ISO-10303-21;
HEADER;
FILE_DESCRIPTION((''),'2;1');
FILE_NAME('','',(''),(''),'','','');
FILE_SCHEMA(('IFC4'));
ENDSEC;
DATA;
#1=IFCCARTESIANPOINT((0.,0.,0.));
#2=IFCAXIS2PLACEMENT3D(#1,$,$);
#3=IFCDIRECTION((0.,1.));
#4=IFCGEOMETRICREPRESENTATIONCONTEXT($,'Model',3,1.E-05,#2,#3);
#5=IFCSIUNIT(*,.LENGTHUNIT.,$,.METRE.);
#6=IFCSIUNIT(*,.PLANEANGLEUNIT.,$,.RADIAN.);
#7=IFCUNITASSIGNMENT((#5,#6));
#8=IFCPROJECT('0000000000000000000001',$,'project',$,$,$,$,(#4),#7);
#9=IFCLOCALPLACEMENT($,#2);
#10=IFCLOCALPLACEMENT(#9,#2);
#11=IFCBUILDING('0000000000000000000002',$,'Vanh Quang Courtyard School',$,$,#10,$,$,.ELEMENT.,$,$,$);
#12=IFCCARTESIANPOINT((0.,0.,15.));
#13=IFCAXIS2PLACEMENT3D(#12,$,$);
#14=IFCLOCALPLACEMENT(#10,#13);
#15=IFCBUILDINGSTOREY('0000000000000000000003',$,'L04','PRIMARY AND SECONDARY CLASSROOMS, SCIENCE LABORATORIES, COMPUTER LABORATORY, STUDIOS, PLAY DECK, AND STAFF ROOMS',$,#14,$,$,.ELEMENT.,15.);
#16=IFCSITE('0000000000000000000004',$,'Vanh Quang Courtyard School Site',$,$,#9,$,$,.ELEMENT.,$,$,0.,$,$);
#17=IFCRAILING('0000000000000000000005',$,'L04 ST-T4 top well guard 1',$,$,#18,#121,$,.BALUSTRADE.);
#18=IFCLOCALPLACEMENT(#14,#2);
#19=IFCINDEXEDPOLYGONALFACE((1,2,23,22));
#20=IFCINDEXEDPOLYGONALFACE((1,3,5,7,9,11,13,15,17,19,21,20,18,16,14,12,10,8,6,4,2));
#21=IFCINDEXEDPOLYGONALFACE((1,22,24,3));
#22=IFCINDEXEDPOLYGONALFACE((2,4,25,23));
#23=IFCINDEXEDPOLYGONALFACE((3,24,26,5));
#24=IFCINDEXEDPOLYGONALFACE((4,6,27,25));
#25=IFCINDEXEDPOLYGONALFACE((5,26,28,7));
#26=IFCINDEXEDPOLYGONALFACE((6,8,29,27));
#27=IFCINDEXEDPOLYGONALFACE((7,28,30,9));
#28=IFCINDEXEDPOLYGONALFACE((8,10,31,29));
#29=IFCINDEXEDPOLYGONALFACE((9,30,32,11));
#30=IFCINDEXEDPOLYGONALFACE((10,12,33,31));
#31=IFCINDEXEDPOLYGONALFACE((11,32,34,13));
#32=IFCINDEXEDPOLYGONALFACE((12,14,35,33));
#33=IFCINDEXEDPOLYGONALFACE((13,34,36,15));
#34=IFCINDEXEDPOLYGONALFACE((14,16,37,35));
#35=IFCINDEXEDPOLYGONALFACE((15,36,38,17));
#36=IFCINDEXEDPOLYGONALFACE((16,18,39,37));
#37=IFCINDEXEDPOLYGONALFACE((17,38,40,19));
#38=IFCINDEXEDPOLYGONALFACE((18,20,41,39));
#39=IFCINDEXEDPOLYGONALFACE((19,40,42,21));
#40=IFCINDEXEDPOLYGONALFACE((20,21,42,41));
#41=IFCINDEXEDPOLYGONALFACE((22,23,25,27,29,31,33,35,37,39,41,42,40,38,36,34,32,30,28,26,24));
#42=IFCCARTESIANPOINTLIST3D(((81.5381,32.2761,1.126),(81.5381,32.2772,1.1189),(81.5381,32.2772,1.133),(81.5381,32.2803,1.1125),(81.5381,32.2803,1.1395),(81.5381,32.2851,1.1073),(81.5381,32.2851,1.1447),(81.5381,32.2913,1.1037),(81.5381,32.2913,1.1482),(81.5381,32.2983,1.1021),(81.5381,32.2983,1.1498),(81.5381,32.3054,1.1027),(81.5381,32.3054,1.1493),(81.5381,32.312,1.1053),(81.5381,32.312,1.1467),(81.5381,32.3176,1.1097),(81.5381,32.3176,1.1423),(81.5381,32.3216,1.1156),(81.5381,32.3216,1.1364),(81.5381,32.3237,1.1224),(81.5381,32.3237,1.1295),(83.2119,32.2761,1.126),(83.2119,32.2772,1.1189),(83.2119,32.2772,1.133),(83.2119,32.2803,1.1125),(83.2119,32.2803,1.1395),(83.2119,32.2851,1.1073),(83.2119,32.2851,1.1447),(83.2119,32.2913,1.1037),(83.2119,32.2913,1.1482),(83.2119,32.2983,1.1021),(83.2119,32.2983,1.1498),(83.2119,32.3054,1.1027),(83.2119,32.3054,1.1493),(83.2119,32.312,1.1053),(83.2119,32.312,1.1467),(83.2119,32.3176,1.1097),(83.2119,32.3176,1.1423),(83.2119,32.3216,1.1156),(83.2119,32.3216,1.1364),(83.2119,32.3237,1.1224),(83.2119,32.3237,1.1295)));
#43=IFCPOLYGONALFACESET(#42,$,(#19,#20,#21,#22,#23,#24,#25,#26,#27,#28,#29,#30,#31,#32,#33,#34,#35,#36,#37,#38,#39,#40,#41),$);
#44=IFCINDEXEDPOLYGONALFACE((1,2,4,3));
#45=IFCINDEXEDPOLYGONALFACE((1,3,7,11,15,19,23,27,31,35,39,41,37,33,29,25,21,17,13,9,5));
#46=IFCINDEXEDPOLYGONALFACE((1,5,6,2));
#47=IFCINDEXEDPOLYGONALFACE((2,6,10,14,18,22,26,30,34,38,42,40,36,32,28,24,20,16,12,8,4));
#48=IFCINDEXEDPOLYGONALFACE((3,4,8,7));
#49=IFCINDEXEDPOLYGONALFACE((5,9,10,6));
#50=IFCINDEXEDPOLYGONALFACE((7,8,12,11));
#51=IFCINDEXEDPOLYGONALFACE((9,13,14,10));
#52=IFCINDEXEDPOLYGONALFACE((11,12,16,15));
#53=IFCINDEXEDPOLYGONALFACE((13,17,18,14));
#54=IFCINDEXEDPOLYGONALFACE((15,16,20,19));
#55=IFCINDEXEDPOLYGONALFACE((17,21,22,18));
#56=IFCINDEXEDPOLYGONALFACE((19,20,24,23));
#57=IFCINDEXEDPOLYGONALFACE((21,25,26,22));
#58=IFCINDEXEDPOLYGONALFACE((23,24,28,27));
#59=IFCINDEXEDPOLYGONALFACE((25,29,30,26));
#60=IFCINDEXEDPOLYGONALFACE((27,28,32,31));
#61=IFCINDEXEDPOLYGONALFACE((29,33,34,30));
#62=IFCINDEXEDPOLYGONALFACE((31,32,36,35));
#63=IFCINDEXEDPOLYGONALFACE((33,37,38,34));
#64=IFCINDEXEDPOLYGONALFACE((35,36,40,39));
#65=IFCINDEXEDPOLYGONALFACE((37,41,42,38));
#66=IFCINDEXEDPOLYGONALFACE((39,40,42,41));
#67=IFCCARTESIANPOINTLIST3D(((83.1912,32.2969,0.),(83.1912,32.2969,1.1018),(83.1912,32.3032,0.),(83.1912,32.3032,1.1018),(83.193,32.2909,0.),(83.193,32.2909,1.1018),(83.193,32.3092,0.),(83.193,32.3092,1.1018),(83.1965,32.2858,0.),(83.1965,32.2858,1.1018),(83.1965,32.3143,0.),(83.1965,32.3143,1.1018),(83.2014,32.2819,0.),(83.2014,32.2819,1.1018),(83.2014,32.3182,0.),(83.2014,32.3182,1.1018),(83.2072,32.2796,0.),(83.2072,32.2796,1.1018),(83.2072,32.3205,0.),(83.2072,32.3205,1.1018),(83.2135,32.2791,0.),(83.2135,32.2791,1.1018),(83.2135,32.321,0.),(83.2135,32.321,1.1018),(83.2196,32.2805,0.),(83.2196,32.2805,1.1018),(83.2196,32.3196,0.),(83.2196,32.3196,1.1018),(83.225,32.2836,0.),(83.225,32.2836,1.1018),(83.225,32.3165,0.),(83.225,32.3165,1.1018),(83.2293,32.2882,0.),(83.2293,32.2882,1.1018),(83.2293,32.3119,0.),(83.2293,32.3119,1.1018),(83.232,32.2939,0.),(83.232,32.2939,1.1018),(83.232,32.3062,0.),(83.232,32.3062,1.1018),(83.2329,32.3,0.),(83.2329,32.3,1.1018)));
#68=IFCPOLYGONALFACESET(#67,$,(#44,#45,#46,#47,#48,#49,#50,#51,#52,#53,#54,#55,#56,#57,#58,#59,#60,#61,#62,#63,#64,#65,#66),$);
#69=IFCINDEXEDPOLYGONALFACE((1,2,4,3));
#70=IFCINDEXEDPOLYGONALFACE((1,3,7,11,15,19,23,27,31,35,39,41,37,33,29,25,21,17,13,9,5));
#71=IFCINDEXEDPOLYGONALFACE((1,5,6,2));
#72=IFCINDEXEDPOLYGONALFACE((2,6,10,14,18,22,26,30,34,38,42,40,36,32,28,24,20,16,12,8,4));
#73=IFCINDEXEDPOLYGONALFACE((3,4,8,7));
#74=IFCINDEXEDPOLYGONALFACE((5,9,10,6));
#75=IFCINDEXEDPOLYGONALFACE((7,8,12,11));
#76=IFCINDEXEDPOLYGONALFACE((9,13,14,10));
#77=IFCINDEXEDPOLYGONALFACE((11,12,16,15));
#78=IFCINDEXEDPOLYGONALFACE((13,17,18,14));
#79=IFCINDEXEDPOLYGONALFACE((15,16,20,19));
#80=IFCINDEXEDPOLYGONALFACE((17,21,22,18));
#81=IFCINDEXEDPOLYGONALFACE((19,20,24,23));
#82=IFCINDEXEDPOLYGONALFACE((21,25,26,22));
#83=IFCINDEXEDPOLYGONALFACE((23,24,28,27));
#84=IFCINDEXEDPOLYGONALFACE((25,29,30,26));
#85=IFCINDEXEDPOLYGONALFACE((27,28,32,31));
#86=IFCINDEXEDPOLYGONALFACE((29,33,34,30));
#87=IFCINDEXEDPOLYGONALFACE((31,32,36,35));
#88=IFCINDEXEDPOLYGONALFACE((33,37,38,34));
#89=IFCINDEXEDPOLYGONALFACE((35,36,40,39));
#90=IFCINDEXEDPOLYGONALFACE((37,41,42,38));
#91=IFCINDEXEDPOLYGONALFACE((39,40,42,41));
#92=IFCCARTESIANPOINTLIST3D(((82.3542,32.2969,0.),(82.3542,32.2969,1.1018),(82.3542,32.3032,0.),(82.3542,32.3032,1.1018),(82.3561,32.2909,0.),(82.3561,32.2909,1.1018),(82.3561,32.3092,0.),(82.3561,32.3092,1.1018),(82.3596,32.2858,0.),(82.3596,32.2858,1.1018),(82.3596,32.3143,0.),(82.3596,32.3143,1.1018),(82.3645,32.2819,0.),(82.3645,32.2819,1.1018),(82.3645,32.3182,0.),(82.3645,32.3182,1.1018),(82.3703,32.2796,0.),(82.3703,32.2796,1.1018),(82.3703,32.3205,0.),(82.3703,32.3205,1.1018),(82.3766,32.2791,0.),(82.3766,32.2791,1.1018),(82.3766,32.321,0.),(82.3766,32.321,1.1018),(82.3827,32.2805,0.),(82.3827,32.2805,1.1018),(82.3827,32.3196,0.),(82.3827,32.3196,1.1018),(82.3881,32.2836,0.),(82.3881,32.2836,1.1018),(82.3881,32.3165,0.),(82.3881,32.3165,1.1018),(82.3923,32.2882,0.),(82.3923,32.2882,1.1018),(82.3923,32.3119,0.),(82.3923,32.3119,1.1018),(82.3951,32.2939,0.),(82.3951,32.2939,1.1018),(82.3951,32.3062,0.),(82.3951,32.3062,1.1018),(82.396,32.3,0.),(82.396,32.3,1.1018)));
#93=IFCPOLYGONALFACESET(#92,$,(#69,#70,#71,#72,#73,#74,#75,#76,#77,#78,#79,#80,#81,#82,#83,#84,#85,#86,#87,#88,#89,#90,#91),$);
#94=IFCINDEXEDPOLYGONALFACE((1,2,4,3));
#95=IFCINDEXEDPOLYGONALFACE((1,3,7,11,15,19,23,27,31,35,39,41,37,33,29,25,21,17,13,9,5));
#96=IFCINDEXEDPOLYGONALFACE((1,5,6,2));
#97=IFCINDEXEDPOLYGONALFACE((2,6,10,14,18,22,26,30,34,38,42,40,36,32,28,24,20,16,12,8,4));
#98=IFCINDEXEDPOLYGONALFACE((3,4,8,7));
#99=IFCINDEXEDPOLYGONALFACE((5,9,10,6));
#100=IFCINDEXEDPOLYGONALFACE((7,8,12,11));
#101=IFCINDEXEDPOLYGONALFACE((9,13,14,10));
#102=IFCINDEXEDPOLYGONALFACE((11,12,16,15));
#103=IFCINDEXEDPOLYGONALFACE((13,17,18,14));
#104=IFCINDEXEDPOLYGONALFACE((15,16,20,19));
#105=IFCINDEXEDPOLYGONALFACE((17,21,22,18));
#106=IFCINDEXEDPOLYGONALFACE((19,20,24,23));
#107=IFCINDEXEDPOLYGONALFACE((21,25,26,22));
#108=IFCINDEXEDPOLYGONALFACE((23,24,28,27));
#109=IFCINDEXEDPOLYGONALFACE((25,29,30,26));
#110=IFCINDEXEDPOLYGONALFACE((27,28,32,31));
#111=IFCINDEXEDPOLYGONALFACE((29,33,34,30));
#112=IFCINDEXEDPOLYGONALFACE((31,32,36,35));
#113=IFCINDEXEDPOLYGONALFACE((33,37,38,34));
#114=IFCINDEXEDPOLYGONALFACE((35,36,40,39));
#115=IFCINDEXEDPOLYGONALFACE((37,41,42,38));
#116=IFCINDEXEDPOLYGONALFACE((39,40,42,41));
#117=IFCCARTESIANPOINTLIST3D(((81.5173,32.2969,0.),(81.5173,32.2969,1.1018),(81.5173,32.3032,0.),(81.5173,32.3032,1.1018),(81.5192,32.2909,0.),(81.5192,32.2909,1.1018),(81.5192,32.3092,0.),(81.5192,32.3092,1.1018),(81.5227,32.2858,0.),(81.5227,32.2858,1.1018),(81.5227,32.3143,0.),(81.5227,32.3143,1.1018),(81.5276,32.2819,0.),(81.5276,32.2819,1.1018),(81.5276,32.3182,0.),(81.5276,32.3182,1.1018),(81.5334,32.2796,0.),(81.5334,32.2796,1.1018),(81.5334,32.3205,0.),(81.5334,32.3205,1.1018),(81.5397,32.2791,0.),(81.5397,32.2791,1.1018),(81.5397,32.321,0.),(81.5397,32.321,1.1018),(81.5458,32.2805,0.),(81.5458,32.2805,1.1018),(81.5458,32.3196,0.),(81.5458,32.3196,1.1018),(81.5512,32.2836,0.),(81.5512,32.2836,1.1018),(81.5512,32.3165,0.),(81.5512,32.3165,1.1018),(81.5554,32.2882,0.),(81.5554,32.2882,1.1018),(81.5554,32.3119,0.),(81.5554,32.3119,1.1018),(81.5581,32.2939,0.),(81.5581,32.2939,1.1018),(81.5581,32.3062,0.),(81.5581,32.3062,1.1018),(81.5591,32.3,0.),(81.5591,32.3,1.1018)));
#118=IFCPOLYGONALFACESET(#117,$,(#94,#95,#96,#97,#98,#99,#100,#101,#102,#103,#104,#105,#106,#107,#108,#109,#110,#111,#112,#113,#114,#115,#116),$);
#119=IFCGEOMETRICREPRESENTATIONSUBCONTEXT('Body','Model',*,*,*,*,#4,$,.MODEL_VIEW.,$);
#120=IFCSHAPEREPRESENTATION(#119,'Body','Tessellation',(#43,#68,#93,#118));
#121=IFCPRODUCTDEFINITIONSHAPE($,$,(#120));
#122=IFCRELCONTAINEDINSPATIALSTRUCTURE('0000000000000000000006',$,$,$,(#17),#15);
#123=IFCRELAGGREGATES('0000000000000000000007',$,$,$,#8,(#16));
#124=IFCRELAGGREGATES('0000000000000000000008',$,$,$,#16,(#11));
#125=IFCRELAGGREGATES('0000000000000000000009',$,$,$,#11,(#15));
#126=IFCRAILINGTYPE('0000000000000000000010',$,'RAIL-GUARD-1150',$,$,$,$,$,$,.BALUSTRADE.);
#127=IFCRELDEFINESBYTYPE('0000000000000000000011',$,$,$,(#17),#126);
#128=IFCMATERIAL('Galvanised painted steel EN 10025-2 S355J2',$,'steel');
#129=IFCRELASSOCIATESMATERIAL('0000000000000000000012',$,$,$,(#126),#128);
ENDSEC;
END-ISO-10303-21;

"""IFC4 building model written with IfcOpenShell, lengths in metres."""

from ifc_helpers import new_model, si_unit, direction, frame, origin, origin_2d, place, context, subcontext, project, spatial, circle, extrude, material, type_object, element, save


model = new_model("IFC4")

# Units and contexts
model_context = context("Model", 3, precision=1e-05, world=origin(), true_north=direction((0.0, 1.0)))
body_context = subcontext(model_context, "Body", "Model", "MODEL_VIEW")
ifc_project = project(units=[si_unit("LENGTHUNIT", "METRE"), si_unit("PLANEANGLEUNIT", "RADIAN")], contexts=[model_context])

# Site, building, storey
site_placement = place(None, origin())
site = spatial("IfcSite", under=ifc_project, at=site_placement, Name="Vanh Quang Courtyard School Site", CompositionType="ELEMENT", RefElevation=0.0)
building_placement = place(site_placement, origin())
building = spatial("IfcBuilding", under=site, at=building_placement, Name="Vanh Quang Courtyard School", CompositionType="ELEMENT")
storey_placement = place(building_placement, frame((0.0, 0.0, 15.0)))
storey = spatial("IfcBuildingStorey", under=building, at=storey_placement, Name="L04", Description="PRIMARY AND SECONDARY CLASSROOMS, SCIENCE LABORATORIES, COMPUTER LABORATORY, STUDIOS, PLAY DECK, AND STAFF ROOMS", CompositionType="ELEMENT", Elevation=15.0)

# Railing
ifc_material_1 = material(Name="Galvanised painted steel EN 10025-2 S355J2", Category="steel")
railing_type = type_object("IfcRailingType", Name="RAIL-GUARD-1150", PredefinedType="BALUSTRADE", material=ifc_material_1)
railing_1_placement = place(storey_placement, frame((83.2119, 32.3, 0.0)))
element("IfcRailing", 1, at=railing_1_placement, inside=storey, type_object=railing_type, Name="L04 ST-T4 top well guard 1", PredefinedType="BALUSTRADE", context=body_context, shape_type="SweptSolid", body=[
    extrude(circle(Radius=0.0239, at=origin_2d()), frame((0.0, 0.0, 1.126), z_axis=(-1.0, 0.0, 0.0), x_axis=(0.0, -1.0, 0.0)), (0.0, 0.0, 1.0), 1.6738),
    extrude(circle(Radius=0.021, at=origin_2d()), origin(), (0.0, 0.0, 1.0), 1.1018),
    extrude(circle(Radius=0.021, at=origin_2d()), frame((-0.8369, 0.0, 0.0)), (0.0, 0.0, 1.0), 1.1018),
    extrude(circle(Radius=0.021, at=origin_2d()), frame((-1.6738, 0.0, 0.0)), (0.0, 0.0, 1.0), 1.1018),
])

save(model, "model.ifc")
